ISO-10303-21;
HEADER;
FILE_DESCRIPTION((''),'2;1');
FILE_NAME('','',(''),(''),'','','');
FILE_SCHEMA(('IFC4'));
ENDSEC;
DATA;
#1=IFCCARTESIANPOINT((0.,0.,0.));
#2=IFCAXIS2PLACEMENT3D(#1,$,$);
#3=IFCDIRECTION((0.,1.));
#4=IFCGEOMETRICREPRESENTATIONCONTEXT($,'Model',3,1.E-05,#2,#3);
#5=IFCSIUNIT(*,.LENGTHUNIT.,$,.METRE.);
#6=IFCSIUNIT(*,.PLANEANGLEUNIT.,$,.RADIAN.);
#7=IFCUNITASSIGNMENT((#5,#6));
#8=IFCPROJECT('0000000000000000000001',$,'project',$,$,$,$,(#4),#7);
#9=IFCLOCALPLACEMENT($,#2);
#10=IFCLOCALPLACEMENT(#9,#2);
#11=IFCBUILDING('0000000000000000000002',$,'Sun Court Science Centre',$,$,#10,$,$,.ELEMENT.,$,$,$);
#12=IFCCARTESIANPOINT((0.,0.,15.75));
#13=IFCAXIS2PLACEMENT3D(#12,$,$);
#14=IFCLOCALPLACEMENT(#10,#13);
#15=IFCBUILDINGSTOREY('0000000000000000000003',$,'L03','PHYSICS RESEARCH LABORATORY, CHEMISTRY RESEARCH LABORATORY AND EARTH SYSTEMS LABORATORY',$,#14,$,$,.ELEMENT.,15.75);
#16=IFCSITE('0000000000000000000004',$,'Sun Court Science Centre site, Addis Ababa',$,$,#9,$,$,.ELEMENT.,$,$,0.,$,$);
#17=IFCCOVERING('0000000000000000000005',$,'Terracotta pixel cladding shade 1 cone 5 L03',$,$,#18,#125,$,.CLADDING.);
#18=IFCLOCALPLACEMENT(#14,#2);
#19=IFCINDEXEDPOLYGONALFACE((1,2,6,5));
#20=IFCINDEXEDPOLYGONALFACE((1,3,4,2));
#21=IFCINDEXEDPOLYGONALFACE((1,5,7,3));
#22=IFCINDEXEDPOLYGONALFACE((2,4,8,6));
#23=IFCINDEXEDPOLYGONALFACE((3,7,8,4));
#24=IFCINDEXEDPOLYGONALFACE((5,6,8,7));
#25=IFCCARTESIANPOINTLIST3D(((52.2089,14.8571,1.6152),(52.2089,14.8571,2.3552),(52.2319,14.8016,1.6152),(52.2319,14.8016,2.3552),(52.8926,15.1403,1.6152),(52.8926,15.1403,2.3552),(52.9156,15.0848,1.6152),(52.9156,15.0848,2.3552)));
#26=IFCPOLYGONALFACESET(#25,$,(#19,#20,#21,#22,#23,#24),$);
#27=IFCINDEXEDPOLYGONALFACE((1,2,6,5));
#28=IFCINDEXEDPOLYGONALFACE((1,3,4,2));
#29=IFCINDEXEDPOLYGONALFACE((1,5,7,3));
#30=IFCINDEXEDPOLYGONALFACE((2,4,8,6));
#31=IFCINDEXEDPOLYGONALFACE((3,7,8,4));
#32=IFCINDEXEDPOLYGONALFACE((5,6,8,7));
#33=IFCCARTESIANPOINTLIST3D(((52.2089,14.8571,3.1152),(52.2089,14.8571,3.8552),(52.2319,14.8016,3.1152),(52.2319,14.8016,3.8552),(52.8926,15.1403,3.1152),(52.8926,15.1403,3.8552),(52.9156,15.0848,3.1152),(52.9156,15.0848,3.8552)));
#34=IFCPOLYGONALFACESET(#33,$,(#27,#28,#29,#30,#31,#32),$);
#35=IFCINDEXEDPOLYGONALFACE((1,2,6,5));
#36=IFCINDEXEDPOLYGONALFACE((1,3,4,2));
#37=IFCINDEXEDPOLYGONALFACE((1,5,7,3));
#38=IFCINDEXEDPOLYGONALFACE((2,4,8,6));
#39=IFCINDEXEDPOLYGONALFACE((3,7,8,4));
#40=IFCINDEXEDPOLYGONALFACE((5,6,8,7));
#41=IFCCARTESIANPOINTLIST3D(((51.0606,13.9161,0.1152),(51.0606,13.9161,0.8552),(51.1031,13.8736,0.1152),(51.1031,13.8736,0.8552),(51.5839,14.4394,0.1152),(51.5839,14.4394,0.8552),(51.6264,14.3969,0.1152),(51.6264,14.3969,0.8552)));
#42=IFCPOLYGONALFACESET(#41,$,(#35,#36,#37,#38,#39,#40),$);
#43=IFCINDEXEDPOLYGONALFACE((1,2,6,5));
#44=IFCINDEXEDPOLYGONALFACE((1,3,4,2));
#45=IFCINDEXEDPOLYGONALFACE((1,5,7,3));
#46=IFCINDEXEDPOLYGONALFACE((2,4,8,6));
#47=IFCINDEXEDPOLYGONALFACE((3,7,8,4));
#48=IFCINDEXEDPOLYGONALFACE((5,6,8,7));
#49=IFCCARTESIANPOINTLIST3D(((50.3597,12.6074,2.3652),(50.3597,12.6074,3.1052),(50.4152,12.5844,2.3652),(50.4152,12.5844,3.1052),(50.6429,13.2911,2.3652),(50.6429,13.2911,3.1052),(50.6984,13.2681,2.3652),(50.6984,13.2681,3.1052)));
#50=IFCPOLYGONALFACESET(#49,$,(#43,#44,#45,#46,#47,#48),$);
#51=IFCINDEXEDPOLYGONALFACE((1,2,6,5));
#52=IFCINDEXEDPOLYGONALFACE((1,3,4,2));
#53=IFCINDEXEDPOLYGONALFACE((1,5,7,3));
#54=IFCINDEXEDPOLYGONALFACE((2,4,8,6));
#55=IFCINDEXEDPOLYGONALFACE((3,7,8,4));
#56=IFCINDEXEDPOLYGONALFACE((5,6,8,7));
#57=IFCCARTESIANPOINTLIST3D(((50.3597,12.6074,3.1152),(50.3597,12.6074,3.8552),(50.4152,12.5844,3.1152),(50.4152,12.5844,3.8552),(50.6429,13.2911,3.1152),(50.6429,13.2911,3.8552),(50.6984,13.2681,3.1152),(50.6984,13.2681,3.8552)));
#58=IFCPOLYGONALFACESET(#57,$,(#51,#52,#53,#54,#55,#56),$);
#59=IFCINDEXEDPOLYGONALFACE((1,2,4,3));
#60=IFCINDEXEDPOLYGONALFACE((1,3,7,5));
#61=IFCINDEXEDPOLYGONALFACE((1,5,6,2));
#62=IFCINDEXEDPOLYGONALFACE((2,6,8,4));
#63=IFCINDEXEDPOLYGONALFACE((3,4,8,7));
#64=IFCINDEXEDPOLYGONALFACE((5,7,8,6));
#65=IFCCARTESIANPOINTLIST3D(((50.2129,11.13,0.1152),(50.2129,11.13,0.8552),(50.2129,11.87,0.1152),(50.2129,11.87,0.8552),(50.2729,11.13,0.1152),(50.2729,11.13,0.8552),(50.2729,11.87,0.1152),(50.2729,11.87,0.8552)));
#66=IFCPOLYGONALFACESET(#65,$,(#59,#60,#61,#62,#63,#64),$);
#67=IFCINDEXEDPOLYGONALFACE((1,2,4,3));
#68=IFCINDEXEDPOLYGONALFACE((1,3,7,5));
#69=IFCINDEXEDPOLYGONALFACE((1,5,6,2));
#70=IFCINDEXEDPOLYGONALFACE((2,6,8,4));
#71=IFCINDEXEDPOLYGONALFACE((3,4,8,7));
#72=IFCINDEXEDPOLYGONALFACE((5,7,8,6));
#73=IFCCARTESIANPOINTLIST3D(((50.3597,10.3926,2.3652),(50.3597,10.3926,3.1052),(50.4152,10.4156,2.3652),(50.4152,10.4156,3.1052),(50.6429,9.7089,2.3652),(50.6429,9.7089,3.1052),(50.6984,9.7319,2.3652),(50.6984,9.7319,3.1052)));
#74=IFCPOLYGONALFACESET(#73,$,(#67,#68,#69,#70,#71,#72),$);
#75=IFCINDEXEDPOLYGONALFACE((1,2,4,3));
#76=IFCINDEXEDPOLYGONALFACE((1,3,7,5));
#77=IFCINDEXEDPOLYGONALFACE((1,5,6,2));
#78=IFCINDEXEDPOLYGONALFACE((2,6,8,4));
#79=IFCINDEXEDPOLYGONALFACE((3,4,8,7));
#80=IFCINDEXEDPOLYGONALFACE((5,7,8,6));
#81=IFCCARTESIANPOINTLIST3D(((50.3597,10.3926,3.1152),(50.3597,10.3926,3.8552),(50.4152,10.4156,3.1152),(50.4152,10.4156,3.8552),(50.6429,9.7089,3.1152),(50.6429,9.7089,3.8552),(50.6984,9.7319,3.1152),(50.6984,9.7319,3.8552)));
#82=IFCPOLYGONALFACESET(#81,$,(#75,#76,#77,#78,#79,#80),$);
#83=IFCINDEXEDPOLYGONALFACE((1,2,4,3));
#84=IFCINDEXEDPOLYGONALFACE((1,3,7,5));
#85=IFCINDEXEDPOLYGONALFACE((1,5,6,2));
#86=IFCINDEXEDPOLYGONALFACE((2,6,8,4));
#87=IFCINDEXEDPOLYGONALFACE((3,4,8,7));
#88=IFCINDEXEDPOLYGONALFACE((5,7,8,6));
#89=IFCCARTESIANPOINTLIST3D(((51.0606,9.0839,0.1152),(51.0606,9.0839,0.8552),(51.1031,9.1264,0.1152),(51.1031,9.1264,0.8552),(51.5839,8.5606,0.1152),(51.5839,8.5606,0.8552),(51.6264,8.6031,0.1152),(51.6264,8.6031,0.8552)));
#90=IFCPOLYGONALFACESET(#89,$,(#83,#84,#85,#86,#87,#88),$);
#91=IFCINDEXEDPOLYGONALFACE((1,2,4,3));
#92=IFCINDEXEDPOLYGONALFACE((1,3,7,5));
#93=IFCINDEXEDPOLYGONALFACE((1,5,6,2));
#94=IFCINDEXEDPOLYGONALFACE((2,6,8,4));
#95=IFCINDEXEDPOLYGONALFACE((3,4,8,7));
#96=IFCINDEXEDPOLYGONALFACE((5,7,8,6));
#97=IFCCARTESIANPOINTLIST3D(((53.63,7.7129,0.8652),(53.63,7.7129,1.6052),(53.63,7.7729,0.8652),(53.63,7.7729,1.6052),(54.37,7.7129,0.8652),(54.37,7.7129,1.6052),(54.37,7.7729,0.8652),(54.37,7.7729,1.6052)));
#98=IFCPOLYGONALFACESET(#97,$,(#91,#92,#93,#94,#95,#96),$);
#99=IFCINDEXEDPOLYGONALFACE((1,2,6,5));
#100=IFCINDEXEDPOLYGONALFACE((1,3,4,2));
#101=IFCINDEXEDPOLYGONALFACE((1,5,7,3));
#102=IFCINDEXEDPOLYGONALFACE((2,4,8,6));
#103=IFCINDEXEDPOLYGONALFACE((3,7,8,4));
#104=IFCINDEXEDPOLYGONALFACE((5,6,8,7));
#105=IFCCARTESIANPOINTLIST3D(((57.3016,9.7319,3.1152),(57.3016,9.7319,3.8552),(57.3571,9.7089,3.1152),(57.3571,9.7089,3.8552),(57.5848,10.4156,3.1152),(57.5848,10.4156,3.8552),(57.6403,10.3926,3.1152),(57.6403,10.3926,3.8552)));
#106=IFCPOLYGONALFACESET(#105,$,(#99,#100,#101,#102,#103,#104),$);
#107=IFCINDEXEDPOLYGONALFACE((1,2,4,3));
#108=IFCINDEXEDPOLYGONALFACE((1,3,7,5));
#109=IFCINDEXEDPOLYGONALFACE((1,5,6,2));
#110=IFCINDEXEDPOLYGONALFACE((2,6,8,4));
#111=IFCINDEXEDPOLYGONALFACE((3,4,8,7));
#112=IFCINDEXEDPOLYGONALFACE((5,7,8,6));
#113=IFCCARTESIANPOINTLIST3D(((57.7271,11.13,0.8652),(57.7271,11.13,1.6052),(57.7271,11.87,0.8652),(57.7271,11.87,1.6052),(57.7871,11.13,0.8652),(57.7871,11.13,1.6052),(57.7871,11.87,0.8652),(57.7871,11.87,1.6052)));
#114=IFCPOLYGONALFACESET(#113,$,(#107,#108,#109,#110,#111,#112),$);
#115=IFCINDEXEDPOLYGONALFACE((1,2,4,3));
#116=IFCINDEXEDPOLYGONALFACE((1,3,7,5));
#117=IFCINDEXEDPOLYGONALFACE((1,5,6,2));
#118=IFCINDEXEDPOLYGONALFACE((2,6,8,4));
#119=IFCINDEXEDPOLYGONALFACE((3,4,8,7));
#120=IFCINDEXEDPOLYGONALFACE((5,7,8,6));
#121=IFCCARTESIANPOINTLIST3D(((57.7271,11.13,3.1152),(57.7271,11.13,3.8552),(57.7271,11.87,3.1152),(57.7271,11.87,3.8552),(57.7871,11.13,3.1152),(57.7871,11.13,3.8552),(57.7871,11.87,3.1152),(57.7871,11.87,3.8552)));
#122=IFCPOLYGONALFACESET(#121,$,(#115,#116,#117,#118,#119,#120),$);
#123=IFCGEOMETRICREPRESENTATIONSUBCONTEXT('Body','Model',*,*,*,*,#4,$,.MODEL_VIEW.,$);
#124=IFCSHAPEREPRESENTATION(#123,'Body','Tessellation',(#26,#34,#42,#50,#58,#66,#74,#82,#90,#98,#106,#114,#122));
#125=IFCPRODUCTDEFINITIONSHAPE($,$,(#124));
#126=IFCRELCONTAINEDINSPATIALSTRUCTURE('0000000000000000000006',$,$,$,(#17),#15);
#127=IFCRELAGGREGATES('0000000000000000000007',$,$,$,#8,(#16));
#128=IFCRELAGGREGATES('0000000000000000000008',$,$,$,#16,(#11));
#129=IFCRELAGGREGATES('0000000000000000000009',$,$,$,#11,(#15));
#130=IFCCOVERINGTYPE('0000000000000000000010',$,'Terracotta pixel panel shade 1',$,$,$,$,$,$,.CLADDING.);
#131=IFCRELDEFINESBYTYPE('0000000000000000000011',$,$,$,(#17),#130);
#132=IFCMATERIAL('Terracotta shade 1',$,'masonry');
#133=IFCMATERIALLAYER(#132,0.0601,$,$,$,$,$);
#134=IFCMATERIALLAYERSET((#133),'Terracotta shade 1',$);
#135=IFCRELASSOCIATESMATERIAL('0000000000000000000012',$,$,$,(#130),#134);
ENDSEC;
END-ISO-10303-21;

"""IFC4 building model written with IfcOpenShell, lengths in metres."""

from ifc_helpers import new_model, si_unit, direction, frame, origin, origin_2d, place, context, subcontext, project, spatial, rectangle, extrude, material, layer, layer_set, type_object, element, save


model = new_model("IFC4")

# Units and contexts
model_context = context("Model", 3, precision=1e-05, world=origin(), true_north=direction((0.0, 1.0)))
body_context = subcontext(model_context, "Body", "Model", "MODEL_VIEW")
ifc_project = project(units=[si_unit("LENGTHUNIT", "METRE"), si_unit("PLANEANGLEUNIT", "RADIAN")], contexts=[model_context])

# Site, building, storey
site_placement = place(None, origin())
site = spatial("IfcSite", under=ifc_project, at=site_placement, Name="Sun Court Science Centre site, Addis Ababa", CompositionType="ELEMENT", RefElevation=0.0)
building_placement = place(site_placement, origin())
building = spatial("IfcBuilding", under=site, at=building_placement, Name="Sun Court Science Centre", CompositionType="ELEMENT")
storey_placement = place(building_placement, frame((0.0, 0.0, 15.75)))
storey = spatial("IfcBuildingStorey", under=building, at=storey_placement, Name="L03", Description="PHYSICS RESEARCH LABORATORY, CHEMISTRY RESEARCH LABORATORY AND EARTH SYSTEMS LABORATORY", CompositionType="ELEMENT", Elevation=15.75)

# Covering
ifc_material_1 = material(Name="Terracotta shade 1", Category="masonry")
ifc_layer_1 = layer(ifc_material_1, 0.0601)
ifc_layer_set_1 = layer_set([ifc_layer_1], Name="Terracotta shade 1")
covering_type_1 = type_object("IfcCoveringType", Name="Terracotta pixel panel shade 1", PredefinedType="CLADDING", material=ifc_layer_set_1)
covering_1_placement = place(storey_placement, frame((0.0, 0.0, -15.75)))
element("IfcCovering", 1, at=covering_1_placement, inside=storey, type_object=covering_type_1, Name="Terracotta pixel cladding shade 1 cone 5 L03", PredefinedType="CLADDING", context=body_context, shape_type="SweptSolid", body=[
    extrude(rectangle(XDim=0.74, YDim=0.0601, at=origin_2d()), frame((52.5623, 14.9709, 17.3652), z_axis=(0.0, 0.0, 1.0), x_axis=(0.92388, 0.382683, 0.0)), (0.0, 0.0, 1.0), 0.74),
    extrude(rectangle(XDim=0.74, YDim=0.0601, at=origin_2d()), frame((52.5623, 14.9709, 18.8652), z_axis=(0.0, 0.0, 1.0), x_axis=(0.92388, 0.382683, 0.0)), (0.0, 0.0, 1.0), 0.74),
    extrude(rectangle(XDim=0.74, YDim=0.0601, at=origin_2d()), frame((51.3435, 14.1565, 15.8652), z_axis=(0.0, 0.0, 1.0), x_axis=(0.707107, 0.707107, 0.0)), (0.0, 0.0, 1.0), 0.74),
    extrude(rectangle(XDim=0.74, YDim=0.0601, at=origin_2d()), frame((50.5291, 12.9377, 18.1152), z_axis=(0.0, 0.0, 1.0), x_axis=(0.382683, 0.92388, 0.0)), (0.0, 0.0, 1.0), 0.74),
    extrude(rectangle(XDim=0.74, YDim=0.0601, at=origin_2d()), frame((50.5291, 12.9377, 18.8652), z_axis=(0.0, 0.0, 1.0), x_axis=(0.382683, 0.92388, 0.0)), (0.0, 0.0, 1.0), 0.74),
    extrude(rectangle(XDim=0.74, YDim=0.0601, at=origin_2d()), frame((50.2429, 11.5, 15.8652), z_axis=(0.0, 0.0, 1.0), x_axis=(0.0, 1.0, 0.0)), (0.0, 0.0, 1.0), 0.74),
    extrude(rectangle(XDim=0.74, YDim=0.0601, at=origin_2d()), frame((50.5291, 10.0623, 18.1152), z_axis=(0.0, 0.0, 1.0), x_axis=(-0.382683, 0.92388, 0.0)), (0.0, 0.0, 1.0), 0.74),
    extrude(rectangle(XDim=0.74, YDim=0.0601, at=origin_2d()), frame((50.5291, 10.0623, 18.8652), z_axis=(0.0, 0.0, 1.0), x_axis=(-0.382683, 0.92388, 0.0)), (0.0, 0.0, 1.0), 0.74),
    extrude(rectangle(XDim=0.74, YDim=0.0601, at=origin_2d()), frame((51.3435, 8.8435, 15.8652), z_axis=(0.0, 0.0, 1.0), x_axis=(-0.707107, 0.707107, 0.0)), (0.0, 0.0, 1.0), 0.74),
    extrude(rectangle(XDim=0.74, YDim=0.0601, at=origin_2d()), frame((54.0, 7.7429, 16.6152), z_axis=(0.0, 0.0, 1.0), x_axis=(-1.0, 0.0, 0.0)), (0.0, 0.0, 1.0), 0.74),
    extrude(rectangle(XDim=0.74, YDim=0.0601, at=origin_2d()), frame((57.4709, 10.0623, 18.8652), z_axis=(0.0, 0.0, 1.0), x_axis=(-0.382683, -0.92388, 0.0)), (0.0, 0.0, 1.0), 0.74),
    extrude(rectangle(XDim=0.74, YDim=0.0601, at=origin_2d()), frame((57.7571, 11.5, 16.6152), z_axis=(0.0, 0.0, 1.0), x_axis=(0.0, -1.0, 0.0)), (0.0, 0.0, 1.0), 0.74),
    extrude(rectangle(XDim=0.74, YDim=0.0601, at=origin_2d()), frame((57.7571, 11.5, 18.8652), z_axis=(0.0, 0.0, 1.0), x_axis=(0.0, -1.0, 0.0)), (0.0, 0.0, 1.0), 0.74),
])

save(model, "model.ifc")
